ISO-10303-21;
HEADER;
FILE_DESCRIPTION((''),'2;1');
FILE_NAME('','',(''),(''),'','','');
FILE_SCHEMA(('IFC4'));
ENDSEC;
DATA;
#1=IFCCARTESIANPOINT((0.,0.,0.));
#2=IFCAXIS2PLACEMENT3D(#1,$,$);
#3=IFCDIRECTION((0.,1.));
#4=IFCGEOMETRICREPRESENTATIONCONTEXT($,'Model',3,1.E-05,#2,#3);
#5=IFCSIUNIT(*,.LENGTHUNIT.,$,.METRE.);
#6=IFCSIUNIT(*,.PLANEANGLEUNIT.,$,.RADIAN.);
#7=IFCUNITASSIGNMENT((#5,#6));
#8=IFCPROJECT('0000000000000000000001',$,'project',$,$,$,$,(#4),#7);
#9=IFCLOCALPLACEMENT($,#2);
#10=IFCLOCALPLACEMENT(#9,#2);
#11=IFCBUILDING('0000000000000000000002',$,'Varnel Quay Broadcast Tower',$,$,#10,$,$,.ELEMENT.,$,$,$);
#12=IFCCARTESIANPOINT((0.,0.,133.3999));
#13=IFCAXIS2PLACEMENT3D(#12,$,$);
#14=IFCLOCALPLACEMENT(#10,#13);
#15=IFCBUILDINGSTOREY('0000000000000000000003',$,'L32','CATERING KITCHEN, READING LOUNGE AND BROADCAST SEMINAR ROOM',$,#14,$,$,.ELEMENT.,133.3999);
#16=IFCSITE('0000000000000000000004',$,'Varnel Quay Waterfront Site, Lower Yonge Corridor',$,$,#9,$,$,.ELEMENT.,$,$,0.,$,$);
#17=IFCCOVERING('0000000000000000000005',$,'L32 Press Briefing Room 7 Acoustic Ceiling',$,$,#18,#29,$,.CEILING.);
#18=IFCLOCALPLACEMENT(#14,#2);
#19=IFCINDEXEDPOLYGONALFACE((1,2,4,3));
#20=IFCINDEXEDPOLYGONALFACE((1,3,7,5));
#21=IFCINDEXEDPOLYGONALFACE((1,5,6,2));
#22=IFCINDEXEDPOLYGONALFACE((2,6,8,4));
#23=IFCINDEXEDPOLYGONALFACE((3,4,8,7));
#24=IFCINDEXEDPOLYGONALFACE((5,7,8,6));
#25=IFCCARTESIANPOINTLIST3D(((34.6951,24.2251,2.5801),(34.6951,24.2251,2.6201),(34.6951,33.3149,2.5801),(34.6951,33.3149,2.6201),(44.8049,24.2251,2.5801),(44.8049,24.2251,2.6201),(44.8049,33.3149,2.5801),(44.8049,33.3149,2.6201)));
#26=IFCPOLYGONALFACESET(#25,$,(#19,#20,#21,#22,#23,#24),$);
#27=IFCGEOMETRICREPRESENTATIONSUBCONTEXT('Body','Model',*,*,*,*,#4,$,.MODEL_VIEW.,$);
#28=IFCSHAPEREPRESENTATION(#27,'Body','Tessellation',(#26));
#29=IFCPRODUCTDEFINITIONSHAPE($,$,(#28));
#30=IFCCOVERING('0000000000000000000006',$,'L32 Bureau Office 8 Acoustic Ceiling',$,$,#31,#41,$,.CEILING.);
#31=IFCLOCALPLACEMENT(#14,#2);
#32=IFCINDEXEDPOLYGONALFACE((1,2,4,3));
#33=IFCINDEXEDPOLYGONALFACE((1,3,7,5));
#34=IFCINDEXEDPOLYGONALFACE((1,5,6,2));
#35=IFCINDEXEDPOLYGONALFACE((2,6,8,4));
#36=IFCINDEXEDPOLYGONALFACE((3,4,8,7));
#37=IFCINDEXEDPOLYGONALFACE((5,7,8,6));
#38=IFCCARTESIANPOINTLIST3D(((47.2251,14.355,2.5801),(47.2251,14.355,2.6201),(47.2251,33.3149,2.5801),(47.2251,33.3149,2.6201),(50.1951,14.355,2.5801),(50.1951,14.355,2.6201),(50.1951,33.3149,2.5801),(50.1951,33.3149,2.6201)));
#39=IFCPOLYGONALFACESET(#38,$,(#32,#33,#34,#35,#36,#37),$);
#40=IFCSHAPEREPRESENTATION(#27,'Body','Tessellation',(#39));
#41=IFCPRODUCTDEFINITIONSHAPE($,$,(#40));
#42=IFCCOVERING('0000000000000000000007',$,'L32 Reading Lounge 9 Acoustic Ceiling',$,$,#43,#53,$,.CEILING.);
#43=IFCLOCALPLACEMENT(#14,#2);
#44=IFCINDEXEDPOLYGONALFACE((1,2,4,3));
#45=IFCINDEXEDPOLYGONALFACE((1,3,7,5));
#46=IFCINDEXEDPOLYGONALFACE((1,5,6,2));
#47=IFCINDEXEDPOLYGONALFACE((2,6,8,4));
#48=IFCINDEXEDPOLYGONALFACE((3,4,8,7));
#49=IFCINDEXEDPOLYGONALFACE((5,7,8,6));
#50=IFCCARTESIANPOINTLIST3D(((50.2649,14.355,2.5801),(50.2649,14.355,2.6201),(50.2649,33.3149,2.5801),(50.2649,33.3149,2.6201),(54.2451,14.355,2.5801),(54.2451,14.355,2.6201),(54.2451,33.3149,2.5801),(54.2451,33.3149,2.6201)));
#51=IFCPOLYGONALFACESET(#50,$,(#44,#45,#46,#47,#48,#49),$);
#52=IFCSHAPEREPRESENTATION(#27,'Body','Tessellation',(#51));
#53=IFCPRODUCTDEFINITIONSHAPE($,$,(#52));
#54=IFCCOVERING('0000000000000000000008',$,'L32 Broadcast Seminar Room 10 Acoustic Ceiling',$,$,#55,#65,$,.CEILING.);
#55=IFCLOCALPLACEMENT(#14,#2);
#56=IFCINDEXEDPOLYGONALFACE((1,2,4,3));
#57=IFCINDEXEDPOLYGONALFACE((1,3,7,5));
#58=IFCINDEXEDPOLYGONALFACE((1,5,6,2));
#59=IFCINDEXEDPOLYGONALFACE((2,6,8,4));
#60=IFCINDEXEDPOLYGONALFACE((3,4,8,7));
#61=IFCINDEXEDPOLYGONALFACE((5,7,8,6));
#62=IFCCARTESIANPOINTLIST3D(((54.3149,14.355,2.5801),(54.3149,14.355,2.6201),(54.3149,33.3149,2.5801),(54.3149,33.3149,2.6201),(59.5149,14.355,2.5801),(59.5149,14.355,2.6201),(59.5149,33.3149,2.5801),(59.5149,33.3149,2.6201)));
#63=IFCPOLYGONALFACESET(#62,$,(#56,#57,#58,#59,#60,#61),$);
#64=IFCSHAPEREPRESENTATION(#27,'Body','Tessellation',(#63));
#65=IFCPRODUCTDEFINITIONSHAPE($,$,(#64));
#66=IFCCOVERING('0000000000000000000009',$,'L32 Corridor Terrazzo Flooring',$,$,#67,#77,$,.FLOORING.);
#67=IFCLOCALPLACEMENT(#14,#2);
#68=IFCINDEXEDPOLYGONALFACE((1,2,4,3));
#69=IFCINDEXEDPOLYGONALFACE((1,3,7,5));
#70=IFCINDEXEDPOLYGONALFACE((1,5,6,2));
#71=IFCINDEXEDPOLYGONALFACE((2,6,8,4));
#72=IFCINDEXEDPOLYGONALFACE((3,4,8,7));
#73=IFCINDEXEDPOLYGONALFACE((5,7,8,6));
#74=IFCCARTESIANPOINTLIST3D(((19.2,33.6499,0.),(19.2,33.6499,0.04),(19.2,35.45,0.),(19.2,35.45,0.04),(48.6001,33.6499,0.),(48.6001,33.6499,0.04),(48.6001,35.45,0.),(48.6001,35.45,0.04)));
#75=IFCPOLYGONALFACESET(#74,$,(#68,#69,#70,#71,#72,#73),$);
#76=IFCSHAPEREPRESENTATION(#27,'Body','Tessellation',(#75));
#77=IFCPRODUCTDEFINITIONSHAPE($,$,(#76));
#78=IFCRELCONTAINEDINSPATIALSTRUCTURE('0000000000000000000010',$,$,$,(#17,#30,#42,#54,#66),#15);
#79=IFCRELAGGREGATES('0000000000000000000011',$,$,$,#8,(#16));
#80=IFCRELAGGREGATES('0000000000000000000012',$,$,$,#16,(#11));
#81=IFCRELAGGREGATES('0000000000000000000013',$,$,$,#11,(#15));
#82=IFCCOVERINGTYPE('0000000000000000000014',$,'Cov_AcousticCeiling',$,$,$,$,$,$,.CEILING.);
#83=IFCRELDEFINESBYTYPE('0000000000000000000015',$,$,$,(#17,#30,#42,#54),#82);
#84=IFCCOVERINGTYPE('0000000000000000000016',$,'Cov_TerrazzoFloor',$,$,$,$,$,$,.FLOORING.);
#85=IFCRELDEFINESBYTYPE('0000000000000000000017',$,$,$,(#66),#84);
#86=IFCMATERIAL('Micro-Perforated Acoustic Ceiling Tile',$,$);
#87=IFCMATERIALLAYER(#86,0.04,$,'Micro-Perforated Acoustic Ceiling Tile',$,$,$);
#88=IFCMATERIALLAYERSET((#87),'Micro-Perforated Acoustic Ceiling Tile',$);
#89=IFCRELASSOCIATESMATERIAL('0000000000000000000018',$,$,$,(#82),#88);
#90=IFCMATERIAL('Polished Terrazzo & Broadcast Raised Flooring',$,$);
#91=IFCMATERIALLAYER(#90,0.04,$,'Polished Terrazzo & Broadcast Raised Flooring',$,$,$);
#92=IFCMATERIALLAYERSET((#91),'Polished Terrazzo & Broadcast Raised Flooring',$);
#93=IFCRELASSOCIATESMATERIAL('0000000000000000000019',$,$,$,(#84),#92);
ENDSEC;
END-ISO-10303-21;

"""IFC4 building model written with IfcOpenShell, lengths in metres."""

from ifc_helpers import new_model, si_unit, direction, frame, origin, place, context, subcontext, project, spatial, polyline, outline, extrude, material, layer, layer_set, type_object, element, save


model = new_model("IFC4")

# Units and contexts
model_context = context("Model", 3, precision=1e-05, world=origin(), true_north=direction((0.0, 1.0)))
body_context = subcontext(model_context, "Body", "Model", "MODEL_VIEW")
ifc_project = project(units=[si_unit("LENGTHUNIT", "METRE"), si_unit("PLANEANGLEUNIT", "RADIAN")], contexts=[model_context])

# Site, building, storey
site_placement = place(None, origin())
site = spatial("IfcSite", under=ifc_project, at=site_placement, Name="Varnel Quay Waterfront Site, Lower Yonge Corridor", CompositionType="ELEMENT", RefElevation=0.0)
building_placement = place(site_placement, origin())
building = spatial("IfcBuilding", under=site, at=building_placement, Name="Varnel Quay Broadcast Tower", CompositionType="ELEMENT")
storey_placement = place(building_placement, frame((0.0, 0.0, 133.3999)))
storey = spatial("IfcBuildingStorey", under=building, at=storey_placement, Name="L32", Description="CATERING KITCHEN, READING LOUNGE AND BROADCAST SEMINAR ROOM", CompositionType="ELEMENT", Elevation=133.3999)

# Coverings
ifc_material_1 = material(Name="Micro-Perforated Acoustic Ceiling Tile")
ifc_layer_1 = layer(ifc_material_1, 0.04, Name="Micro-Perforated Acoustic Ceiling Tile")
ifc_layer_set_1 = layer_set([ifc_layer_1], Name="Micro-Perforated Acoustic Ceiling Tile")
covering_type_1 = type_object("IfcCoveringType", Name="Cov_AcousticCeiling", PredefinedType="CEILING", material=ifc_layer_set_1)
covering_1_placement = place(storey_placement, frame((0.0, 0.0, 2.5801)))
element("IfcCovering", 1, at=covering_1_placement, inside=storey, type_object=covering_type_1, Name="L32 Press Briefing Room 7 Acoustic Ceiling", PredefinedType="CEILING", context=body_context, shape_type="SweptSolid", body=[
    extrude(outline(polyline([(34.6951, 24.2251), (44.8049, 24.2251), (44.8049, 33.3149), (34.6951, 33.3149), (34.6951, 24.2251)])), origin(), (0.0, 0.0, 1.0), 0.04),
])
covering_2_placement = place(storey_placement, frame((0.0, 0.0, 2.5801)))
element("IfcCovering", 2, at=covering_2_placement, inside=storey, type_object=covering_type_1, Name="L32 Bureau Office 8 Acoustic Ceiling", PredefinedType="CEILING", context=body_context, shape_type="SweptSolid", body=[
    extrude(outline(polyline([(47.2251, 14.355), (50.1951, 14.355), (50.1951, 33.3149), (47.2251, 33.3149), (47.2251, 14.355)])), origin(), (0.0, 0.0, 1.0), 0.04),
])
covering_3_placement = place(storey_placement, frame((0.0, 0.0, 2.5801)))
element("IfcCovering", 3, at=covering_3_placement, inside=storey, type_object=covering_type_1, Name="L32 Reading Lounge 9 Acoustic Ceiling", PredefinedType="CEILING", context=body_context, shape_type="SweptSolid", body=[
    extrude(outline(polyline([(50.2649, 14.355), (54.2451, 14.355), (54.2451, 33.3149), (50.2649, 33.3149), (50.2649, 14.355)])), origin(), (0.0, 0.0, 1.0), 0.04),
])
covering_4_placement = place(storey_placement, frame((0.0, 0.0, 2.5801)))
element("IfcCovering", 4, at=covering_4_placement, inside=storey, type_object=covering_type_1, Name="L32 Broadcast Seminar Room 10 Acoustic Ceiling", PredefinedType="CEILING", context=body_context, shape_type="SweptSolid", body=[
    extrude(outline(polyline([(54.3149, 14.355), (59.5149, 14.355), (59.5149, 33.3149), (54.3149, 33.3149), (54.3149, 14.355)])), origin(), (0.0, 0.0, 1.0), 0.04),
])
ifc_material_2 = material(Name="Polished Terrazzo & Broadcast Raised Flooring")
ifc_layer_2 = layer(ifc_material_2, 0.04, Name="Polished Terrazzo & Broadcast Raised Flooring")
ifc_layer_set_2 = layer_set([ifc_layer_2], Name="Polished Terrazzo & Broadcast Raised Flooring")
covering_type_2 = type_object("IfcCoveringType", Name="Cov_TerrazzoFloor", PredefinedType="FLOORING", material=ifc_layer_set_2)
covering_5_placement = place(storey_placement, origin())
element("IfcCovering", 5, at=covering_5_placement, inside=storey, type_object=covering_type_2, Name="L32 Corridor Terrazzo Flooring", PredefinedType="FLOORING", context=body_context, shape_type="SweptSolid", body=[
    extrude(outline(polyline([(19.2, 33.6499), (48.6001, 33.6499), (48.6001, 35.45), (19.2, 35.45), (19.2, 33.6499)])), origin(), (0.0, 0.0, 1.0), 0.04),
])

save(model, "model.ifc")
